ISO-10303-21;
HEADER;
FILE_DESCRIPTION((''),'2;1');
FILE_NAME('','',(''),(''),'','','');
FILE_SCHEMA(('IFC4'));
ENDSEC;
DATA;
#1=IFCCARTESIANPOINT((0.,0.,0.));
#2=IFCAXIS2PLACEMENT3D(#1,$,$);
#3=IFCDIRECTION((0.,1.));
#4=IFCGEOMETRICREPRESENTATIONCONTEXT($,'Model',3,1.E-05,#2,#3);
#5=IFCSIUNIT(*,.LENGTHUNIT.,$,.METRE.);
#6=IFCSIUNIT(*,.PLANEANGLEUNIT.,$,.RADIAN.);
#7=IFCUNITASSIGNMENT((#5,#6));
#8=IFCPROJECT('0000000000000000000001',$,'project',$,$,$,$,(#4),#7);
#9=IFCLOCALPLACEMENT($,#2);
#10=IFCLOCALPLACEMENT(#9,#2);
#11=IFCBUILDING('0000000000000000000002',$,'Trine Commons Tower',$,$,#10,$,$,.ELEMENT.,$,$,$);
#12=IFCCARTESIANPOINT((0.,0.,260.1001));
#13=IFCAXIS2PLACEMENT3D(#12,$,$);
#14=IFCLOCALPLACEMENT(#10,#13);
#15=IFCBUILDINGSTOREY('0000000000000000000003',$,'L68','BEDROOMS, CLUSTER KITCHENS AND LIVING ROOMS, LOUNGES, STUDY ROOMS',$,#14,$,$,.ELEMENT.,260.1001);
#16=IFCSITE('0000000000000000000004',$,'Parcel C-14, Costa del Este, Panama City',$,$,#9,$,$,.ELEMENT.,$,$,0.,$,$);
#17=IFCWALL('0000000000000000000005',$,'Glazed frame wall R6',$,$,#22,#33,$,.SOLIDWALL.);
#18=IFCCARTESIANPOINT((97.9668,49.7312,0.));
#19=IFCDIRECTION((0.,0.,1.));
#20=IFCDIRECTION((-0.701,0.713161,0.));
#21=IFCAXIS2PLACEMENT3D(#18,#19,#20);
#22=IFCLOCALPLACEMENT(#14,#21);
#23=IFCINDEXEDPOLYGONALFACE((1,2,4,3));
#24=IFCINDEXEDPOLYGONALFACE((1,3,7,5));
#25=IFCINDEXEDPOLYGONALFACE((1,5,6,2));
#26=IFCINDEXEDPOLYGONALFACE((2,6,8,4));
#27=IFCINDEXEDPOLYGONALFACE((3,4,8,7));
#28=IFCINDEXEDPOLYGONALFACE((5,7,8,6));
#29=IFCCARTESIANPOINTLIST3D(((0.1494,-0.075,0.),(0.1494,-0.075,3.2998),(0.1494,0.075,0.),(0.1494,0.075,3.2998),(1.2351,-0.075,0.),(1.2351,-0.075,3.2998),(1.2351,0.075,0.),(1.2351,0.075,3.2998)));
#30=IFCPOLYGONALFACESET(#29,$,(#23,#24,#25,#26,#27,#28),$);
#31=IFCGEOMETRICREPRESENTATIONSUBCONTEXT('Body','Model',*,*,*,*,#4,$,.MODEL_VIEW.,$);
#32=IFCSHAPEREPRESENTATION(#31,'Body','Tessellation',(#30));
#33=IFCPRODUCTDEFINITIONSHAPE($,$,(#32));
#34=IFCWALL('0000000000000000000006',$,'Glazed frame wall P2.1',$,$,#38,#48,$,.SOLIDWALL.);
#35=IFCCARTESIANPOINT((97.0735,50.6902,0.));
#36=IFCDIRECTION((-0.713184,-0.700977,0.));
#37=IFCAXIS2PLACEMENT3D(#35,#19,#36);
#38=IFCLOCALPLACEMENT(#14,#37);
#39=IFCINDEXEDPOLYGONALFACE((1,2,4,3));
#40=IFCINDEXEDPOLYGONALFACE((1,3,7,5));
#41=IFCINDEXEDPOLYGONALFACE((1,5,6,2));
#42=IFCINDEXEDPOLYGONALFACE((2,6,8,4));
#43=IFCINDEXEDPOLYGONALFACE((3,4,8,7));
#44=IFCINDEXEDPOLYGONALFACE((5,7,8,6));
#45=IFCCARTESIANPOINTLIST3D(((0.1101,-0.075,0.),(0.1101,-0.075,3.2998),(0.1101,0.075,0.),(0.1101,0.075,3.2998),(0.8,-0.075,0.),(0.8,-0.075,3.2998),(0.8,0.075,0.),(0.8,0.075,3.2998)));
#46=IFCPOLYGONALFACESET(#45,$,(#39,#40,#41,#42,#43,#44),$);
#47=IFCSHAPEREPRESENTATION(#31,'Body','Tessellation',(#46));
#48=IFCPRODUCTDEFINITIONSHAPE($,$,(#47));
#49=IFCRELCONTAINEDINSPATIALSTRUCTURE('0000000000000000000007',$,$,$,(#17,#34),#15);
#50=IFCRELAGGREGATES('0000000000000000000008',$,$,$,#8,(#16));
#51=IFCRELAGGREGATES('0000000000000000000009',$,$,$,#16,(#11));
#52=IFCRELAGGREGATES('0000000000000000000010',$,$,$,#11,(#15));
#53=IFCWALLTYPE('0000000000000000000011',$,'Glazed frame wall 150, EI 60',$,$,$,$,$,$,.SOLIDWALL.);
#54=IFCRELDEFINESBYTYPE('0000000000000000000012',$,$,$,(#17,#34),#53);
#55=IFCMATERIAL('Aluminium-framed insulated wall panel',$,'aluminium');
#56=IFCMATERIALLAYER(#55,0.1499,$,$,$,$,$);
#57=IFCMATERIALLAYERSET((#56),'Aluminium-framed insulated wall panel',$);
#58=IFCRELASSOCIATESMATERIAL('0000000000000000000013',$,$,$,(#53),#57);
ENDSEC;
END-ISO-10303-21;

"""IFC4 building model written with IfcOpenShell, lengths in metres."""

from ifc_helpers import new_model, si_unit, direction, frame, origin, place, context, subcontext, project, spatial, polyline, outline, extrude, material, layer, layer_set, type_object, element, save


model = new_model("IFC4")

# Units and contexts
model_context = context("Model", 3, precision=1e-05, world=origin(), true_north=direction((0.0, 1.0)))
body_context = subcontext(model_context, "Body", "Model", "MODEL_VIEW")
ifc_project = project(units=[si_unit("LENGTHUNIT", "METRE"), si_unit("PLANEANGLEUNIT", "RADIAN")], contexts=[model_context])

# Site, building, storey
site_placement = place(None, origin())
site = spatial("IfcSite", under=ifc_project, at=site_placement, Name="Parcel C-14, Costa del Este, Panama City", CompositionType="ELEMENT", RefElevation=0.0)
building_placement = place(site_placement, origin())
building = spatial("IfcBuilding", under=site, at=building_placement, Name="Trine Commons Tower", CompositionType="ELEMENT")
storey_placement = place(building_placement, frame((0.0, 0.0, 260.1001)))
storey = spatial("IfcBuildingStorey", under=building, at=storey_placement, Name="L68", Description="BEDROOMS, CLUSTER KITCHENS AND LIVING ROOMS, LOUNGES, STUDY ROOMS", CompositionType="ELEMENT", Elevation=260.1001)

# Walls
ifc_material_1 = material(Name="Aluminium-framed insulated wall panel", Category="aluminium")
ifc_layer_1 = layer(ifc_material_1, 0.1499)
ifc_layer_set_1 = layer_set([ifc_layer_1], Name="Aluminium-framed insulated wall panel")
wall_type_1 = type_object("IfcWallType", Name="Glazed frame wall 150, EI 60", PredefinedType="SOLIDWALL", material=ifc_layer_set_1)
wall_1_placement = place(storey_placement, frame((97.9668, 49.7312, 0.0), z_axis=(0.0, 0.0, 1.0), x_axis=(-0.701, 0.713161, 0.0)))
element("IfcWall", 1, at=wall_1_placement, inside=storey, type_object=wall_type_1, Name="Glazed frame wall R6", PredefinedType="SOLIDWALL", context=body_context, shape_type="SweptSolid", body=[
    extrude(outline(polyline([(0.1494, 0.075), (0.1494, -0.075), (1.2351, -0.075), (1.2351, 0.075), (0.1494, 0.075)])), origin(), (0.0, 0.0, 1.0), 3.2998),
])
wall_2_placement = place(storey_placement, frame((97.0735, 50.6902, 0.0), z_axis=(0.0, 0.0, 1.0), x_axis=(-0.713184, -0.700977, 0.0)))
element("IfcWall", 2, at=wall_2_placement, inside=storey, type_object=wall_type_1, Name="Glazed frame wall P2.1", PredefinedType="SOLIDWALL", context=body_context, shape_type="SweptSolid", body=[
    extrude(outline(polyline([(0.1101, -0.075), (0.8, -0.075), (0.8, 0.075), (0.1101, 0.075), (0.1101, -0.075)])), origin(), (0.0, 0.0, 1.0), 3.2998),
])

save(model, "model.ifc")
